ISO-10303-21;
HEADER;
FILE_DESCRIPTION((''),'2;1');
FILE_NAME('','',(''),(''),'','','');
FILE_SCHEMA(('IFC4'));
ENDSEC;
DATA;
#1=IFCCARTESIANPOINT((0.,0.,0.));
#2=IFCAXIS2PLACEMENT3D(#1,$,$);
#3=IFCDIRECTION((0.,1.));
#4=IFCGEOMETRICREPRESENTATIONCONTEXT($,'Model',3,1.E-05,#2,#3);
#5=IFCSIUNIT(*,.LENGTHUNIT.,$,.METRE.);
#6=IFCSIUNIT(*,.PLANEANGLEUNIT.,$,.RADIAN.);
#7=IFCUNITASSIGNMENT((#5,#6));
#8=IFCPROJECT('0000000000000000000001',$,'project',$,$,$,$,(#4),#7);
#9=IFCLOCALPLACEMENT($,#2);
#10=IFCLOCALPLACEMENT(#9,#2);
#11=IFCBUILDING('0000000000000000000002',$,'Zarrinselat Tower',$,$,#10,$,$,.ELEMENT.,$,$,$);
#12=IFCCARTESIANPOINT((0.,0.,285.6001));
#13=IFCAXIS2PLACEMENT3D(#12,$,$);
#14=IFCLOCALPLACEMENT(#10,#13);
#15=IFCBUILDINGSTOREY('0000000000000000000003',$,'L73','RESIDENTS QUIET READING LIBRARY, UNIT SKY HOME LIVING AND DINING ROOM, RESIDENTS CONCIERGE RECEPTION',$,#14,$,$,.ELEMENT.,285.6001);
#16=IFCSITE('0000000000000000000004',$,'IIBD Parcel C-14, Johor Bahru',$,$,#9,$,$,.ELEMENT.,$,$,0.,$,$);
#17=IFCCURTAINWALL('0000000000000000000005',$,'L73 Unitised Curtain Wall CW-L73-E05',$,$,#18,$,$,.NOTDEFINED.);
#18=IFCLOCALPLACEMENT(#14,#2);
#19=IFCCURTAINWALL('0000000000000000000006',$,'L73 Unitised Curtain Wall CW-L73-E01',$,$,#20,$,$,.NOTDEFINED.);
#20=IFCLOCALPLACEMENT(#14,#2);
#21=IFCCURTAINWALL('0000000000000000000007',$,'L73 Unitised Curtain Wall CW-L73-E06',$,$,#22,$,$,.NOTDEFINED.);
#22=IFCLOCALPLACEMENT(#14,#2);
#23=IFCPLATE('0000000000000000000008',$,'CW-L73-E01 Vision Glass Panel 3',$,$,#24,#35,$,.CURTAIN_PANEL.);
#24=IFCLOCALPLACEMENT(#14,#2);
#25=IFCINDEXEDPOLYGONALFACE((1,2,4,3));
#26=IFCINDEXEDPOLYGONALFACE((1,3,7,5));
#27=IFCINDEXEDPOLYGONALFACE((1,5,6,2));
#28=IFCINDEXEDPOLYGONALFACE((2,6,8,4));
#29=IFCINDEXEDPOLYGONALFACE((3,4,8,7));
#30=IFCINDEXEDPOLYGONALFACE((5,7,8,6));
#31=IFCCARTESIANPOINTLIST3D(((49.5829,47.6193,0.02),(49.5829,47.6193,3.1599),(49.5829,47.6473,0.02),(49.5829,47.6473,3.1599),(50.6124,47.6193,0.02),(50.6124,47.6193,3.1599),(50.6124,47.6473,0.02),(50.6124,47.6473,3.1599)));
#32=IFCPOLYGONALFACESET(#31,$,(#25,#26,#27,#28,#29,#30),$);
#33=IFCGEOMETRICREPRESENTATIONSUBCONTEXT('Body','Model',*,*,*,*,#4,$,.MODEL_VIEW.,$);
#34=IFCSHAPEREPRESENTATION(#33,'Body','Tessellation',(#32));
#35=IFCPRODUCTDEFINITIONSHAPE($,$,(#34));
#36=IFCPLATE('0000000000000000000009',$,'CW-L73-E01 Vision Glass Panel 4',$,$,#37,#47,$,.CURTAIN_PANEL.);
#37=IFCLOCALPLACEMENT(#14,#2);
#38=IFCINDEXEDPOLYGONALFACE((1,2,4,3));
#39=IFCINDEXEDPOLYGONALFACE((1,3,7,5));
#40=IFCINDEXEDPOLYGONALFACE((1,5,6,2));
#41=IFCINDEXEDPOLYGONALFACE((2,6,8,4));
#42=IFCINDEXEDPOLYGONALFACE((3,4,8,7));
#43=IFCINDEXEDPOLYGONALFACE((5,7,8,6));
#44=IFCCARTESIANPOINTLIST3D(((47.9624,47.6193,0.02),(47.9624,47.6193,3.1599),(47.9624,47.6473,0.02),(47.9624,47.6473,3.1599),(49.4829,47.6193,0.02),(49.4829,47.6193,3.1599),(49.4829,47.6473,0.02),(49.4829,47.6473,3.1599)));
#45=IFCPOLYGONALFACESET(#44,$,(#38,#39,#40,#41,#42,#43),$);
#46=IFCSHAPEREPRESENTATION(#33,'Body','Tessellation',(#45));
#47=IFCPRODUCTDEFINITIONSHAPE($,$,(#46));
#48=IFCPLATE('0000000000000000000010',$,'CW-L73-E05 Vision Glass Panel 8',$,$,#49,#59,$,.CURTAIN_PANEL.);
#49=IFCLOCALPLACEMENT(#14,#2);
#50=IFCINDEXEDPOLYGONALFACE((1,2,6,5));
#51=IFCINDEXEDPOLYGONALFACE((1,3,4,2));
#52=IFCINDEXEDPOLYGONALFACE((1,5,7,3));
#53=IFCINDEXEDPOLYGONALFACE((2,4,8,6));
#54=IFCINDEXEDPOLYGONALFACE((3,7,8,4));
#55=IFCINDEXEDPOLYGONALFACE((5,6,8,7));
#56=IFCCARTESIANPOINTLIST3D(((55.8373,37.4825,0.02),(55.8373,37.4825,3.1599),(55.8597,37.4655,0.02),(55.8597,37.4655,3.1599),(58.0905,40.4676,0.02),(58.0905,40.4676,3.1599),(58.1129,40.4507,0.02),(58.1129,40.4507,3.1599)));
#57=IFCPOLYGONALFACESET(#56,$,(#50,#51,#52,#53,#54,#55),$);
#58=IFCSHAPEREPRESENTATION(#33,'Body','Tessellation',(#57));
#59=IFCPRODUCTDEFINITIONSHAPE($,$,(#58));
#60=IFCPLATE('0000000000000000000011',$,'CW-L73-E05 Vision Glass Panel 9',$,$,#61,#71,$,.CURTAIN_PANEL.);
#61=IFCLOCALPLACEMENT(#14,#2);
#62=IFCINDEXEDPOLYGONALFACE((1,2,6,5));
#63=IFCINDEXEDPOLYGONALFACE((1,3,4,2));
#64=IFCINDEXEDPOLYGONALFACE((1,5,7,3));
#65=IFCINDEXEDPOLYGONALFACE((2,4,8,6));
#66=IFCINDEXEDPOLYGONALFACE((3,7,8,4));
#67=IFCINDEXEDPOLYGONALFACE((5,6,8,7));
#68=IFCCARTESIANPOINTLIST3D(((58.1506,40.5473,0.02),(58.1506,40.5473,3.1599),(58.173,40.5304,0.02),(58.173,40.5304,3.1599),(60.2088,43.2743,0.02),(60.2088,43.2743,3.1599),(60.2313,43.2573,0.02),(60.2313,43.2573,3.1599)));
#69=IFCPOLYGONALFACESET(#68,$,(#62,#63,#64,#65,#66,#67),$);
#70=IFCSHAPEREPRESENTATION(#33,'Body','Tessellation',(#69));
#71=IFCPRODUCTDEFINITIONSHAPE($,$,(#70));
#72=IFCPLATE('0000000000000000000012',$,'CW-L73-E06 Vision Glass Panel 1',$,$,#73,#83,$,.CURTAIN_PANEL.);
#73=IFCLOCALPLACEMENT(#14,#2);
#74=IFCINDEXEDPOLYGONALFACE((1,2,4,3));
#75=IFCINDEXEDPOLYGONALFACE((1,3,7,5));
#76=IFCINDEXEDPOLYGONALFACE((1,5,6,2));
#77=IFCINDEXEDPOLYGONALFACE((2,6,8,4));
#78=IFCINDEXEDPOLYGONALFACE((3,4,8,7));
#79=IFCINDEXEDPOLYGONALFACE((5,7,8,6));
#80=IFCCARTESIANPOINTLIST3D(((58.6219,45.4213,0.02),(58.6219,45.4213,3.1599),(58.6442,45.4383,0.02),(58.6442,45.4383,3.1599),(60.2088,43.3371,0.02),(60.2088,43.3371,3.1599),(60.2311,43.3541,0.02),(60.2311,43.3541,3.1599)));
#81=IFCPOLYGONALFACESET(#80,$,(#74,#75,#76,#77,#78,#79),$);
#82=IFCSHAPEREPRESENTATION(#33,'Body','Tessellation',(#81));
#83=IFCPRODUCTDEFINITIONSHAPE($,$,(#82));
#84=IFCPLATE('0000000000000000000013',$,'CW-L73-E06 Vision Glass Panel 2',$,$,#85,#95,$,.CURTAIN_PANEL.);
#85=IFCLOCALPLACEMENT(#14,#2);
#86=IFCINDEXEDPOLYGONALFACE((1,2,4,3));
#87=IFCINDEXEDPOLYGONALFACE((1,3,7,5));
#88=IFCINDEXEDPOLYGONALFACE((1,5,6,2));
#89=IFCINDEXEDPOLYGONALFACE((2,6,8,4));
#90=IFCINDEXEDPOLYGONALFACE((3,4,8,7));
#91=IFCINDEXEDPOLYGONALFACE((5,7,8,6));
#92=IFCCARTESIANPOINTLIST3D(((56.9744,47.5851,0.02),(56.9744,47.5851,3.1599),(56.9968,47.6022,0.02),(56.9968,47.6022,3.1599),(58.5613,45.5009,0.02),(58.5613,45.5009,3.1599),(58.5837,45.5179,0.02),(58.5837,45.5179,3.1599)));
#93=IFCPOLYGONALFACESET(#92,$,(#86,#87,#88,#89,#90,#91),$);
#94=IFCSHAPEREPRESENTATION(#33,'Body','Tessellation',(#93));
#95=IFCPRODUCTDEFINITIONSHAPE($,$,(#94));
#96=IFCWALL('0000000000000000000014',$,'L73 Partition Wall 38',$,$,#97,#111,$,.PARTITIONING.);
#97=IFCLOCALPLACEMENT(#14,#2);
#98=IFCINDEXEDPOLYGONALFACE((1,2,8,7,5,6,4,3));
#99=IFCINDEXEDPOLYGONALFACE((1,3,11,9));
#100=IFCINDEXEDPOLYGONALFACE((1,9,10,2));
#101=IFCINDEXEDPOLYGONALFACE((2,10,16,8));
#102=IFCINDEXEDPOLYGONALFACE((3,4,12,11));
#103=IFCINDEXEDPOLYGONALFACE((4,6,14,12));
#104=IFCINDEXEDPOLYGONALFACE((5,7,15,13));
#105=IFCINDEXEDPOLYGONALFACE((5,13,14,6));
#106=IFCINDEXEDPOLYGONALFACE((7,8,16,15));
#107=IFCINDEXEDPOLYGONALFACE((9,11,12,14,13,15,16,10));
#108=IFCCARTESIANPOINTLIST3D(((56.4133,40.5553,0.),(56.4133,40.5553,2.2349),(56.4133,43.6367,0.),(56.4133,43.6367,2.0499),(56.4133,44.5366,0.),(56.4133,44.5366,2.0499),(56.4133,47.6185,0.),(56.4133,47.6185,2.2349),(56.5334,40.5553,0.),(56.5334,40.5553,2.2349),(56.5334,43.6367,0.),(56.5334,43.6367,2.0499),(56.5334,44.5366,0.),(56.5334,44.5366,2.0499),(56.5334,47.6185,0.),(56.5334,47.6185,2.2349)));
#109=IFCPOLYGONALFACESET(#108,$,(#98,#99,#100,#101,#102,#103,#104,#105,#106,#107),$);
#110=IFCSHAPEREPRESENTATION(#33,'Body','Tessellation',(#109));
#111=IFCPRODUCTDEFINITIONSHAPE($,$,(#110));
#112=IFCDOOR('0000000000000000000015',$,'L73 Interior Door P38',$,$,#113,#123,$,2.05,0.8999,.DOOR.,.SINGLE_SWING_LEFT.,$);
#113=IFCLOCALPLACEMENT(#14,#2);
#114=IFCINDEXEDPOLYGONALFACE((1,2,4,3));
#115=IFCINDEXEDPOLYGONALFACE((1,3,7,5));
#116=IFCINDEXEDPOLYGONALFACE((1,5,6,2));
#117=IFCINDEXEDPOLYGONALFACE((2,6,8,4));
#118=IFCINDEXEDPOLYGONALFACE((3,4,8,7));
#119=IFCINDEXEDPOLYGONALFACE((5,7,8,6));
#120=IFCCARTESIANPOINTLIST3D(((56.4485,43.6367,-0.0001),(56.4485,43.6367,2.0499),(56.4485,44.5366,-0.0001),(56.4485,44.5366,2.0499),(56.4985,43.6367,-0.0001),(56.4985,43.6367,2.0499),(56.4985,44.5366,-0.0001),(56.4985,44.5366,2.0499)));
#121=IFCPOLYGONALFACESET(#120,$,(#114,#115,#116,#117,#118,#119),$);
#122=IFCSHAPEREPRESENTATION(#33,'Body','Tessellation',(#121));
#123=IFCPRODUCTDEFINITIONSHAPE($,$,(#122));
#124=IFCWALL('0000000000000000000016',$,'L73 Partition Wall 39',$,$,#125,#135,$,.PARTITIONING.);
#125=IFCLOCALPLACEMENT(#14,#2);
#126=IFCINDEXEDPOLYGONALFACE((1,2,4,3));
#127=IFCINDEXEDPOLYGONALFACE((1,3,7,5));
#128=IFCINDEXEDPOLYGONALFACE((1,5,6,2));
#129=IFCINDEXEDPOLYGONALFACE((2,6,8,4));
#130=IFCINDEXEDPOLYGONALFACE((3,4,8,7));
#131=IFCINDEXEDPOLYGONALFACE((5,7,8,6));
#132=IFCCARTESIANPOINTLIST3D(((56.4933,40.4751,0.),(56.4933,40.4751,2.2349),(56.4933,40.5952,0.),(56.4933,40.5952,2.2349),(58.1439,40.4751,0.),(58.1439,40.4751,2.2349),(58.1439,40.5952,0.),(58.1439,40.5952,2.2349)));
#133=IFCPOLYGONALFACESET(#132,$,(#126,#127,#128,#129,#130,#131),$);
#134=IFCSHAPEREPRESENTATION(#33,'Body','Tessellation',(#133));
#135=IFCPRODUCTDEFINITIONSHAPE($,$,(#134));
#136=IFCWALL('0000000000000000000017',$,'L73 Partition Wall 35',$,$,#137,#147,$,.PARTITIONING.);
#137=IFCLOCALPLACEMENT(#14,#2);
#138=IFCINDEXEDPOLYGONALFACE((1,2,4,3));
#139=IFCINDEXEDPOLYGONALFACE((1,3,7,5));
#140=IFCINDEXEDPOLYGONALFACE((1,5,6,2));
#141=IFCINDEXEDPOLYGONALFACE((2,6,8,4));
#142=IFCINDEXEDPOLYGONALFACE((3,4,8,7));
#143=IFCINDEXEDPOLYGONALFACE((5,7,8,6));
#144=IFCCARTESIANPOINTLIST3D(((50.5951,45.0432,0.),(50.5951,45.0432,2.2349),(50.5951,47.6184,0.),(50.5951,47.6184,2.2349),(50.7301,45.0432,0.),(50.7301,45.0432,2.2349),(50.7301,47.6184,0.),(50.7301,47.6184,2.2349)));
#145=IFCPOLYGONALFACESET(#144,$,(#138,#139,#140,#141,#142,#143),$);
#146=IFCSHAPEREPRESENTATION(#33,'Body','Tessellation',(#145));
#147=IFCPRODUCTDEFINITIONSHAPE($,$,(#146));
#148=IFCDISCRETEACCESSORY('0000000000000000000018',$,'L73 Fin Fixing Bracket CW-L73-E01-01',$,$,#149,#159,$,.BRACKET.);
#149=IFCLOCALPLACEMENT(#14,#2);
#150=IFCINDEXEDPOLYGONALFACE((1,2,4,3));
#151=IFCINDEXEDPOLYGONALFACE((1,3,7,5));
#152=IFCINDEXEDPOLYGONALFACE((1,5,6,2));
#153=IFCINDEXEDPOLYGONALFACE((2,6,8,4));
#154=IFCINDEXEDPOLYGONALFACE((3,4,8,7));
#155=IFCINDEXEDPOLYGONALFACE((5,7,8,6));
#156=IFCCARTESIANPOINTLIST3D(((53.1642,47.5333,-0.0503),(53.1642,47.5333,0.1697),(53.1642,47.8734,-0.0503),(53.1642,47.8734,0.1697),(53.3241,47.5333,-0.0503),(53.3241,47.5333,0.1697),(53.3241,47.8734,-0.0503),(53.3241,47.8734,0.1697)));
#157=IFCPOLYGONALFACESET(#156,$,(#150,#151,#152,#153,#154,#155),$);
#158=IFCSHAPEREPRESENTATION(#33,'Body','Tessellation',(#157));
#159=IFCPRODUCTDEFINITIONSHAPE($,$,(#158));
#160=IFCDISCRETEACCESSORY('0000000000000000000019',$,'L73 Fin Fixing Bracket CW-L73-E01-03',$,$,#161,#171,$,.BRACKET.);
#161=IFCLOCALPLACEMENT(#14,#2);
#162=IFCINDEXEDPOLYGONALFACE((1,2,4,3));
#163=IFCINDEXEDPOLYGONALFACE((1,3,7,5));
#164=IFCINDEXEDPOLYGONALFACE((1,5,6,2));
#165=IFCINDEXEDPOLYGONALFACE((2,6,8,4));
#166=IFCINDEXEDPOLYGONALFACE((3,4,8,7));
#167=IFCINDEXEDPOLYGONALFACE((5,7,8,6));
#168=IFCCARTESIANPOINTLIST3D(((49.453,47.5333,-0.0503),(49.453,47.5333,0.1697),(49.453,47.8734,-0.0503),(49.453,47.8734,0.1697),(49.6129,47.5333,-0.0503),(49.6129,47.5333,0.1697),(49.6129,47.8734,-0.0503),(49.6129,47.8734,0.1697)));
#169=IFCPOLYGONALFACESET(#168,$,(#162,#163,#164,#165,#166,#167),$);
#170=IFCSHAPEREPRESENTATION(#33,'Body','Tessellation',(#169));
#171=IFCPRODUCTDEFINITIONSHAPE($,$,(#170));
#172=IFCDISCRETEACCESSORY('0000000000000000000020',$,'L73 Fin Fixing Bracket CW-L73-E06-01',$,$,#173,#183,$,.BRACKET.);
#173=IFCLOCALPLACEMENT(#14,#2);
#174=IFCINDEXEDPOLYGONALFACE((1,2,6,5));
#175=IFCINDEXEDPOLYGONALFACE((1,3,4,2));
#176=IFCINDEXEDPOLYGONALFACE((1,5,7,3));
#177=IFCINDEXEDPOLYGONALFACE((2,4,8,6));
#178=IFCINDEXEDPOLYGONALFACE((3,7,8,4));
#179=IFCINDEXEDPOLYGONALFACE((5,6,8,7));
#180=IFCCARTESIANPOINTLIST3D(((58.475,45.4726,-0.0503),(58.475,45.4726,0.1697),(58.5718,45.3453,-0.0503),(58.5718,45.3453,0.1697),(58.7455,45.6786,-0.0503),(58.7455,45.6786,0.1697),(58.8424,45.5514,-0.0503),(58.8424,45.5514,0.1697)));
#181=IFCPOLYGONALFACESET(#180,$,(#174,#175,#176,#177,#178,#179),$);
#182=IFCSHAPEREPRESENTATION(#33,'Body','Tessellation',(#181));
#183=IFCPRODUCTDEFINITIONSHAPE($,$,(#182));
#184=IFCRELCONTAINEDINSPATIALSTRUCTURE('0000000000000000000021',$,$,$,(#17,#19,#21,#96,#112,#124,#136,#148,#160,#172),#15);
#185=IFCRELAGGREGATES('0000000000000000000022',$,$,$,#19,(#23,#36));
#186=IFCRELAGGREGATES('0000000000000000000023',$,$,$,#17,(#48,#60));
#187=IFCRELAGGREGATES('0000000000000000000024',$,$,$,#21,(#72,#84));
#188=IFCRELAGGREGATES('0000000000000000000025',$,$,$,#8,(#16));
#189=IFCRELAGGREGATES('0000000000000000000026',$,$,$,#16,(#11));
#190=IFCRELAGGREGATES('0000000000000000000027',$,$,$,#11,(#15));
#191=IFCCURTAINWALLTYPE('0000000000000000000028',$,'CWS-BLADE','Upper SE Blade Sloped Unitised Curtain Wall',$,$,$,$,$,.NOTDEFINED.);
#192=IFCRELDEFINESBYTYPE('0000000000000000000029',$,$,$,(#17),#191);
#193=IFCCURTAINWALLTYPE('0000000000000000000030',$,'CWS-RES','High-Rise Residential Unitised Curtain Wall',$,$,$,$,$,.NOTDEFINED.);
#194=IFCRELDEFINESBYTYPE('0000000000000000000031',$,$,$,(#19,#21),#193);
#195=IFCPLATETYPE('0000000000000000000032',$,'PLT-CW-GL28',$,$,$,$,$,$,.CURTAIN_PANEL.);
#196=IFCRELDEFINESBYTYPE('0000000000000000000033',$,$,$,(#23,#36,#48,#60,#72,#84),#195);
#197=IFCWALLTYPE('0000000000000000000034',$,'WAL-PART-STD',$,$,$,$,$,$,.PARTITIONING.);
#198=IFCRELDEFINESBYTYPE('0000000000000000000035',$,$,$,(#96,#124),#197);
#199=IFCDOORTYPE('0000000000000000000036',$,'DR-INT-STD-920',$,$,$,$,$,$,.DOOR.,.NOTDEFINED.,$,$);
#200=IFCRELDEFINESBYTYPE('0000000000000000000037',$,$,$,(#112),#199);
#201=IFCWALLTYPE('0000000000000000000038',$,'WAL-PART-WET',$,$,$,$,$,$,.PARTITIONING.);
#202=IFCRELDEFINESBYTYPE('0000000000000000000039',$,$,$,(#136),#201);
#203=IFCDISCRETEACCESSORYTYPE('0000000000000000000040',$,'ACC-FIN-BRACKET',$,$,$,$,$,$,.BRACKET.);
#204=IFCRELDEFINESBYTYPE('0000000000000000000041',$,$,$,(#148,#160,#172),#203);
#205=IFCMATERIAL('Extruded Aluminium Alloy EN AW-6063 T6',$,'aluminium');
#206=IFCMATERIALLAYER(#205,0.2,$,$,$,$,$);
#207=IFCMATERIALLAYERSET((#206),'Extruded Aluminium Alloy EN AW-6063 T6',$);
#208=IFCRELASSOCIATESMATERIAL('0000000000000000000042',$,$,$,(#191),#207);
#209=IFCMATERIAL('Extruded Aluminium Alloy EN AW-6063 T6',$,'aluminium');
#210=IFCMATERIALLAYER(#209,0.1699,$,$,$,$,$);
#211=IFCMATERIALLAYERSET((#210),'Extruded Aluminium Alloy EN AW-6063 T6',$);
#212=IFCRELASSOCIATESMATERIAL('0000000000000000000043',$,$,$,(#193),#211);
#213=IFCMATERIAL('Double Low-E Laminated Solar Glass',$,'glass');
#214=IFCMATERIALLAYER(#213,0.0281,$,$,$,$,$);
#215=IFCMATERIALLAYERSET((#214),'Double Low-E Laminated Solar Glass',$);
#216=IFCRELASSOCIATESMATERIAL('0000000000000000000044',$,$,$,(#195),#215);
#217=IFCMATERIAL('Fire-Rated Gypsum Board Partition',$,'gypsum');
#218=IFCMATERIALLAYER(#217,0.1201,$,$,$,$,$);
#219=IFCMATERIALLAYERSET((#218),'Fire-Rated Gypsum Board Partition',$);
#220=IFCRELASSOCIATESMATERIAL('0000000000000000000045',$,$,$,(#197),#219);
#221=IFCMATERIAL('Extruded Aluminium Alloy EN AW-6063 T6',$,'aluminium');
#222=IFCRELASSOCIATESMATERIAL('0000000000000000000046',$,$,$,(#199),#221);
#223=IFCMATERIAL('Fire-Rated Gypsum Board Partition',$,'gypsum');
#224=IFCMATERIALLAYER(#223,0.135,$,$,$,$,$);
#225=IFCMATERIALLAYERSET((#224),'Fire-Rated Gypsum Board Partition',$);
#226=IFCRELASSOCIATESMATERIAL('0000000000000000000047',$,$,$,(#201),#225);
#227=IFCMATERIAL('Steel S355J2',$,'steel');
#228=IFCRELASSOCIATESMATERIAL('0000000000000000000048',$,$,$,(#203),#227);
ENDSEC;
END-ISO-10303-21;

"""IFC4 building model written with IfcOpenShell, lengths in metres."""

from ifc_helpers import new_model, si_unit, direction, frame, frame_2d, origin, origin_2d, place, context, subcontext, project, spatial, rectangle, extrude, material, layer, layer_set, type_object, element, fill, aggregate, save


model = new_model("IFC4")

# Units and contexts
model_context = context("Model", 3, precision=1e-05, world=origin(), true_north=direction((0.0, 1.0)))
body_context = subcontext(model_context, "Body", "Model", "MODEL_VIEW")
ifc_project = project(units=[si_unit("LENGTHUNIT", "METRE"), si_unit("PLANEANGLEUNIT", "RADIAN")], contexts=[model_context])

# Site, building, storey
site_placement = place(None, origin())
site = spatial("IfcSite", under=ifc_project, at=site_placement, Name="IIBD Parcel C-14, Johor Bahru", CompositionType="ELEMENT", RefElevation=0.0)
building_placement = place(site_placement, origin())
building = spatial("IfcBuilding", under=site, at=building_placement, Name="Zarrinselat Tower", CompositionType="ELEMENT")
storey_placement = place(building_placement, frame((0.0, 0.0, 285.6001)))
storey = spatial("IfcBuildingStorey", under=building, at=storey_placement, Name="L73", Description="RESIDENTS QUIET READING LIBRARY, UNIT SKY HOME LIVING AND DINING ROOM, RESIDENTS CONCIERGE RECEPTION", CompositionType="ELEMENT", Elevation=285.6001)

# Curtain walls
ifc_material_1 = material(Name="Extruded Aluminium Alloy EN AW-6063 T6", Category="aluminium")
ifc_layer_1 = layer(ifc_material_1, 0.2)
ifc_layer_set_1 = layer_set([ifc_layer_1], Name="Extruded Aluminium Alloy EN AW-6063 T6")
curtain_wall_type_1 = type_object("IfcCurtainWallType", Name="CWS-BLADE", Description="Upper SE Blade Sloped Unitised Curtain Wall", PredefinedType="NOTDEFINED", material=ifc_layer_set_1)
curtain_wall_1_placement = place(storey_placement, origin())
curtain_wall_1 = element("IfcCurtainWall", 1, at=curtain_wall_1_placement, inside=storey, type_object=curtain_wall_type_1, Name="L73 Unitised Curtain Wall CW-L73-E05", PredefinedType="NOTDEFINED")
ifc_material_2 = material(Name="Extruded Aluminium Alloy EN AW-6063 T6", Category="aluminium")
ifc_layer_2 = layer(ifc_material_2, 0.1699)
ifc_layer_set_2 = layer_set([ifc_layer_2], Name="Extruded Aluminium Alloy EN AW-6063 T6")
curtain_wall_type_2 = type_object("IfcCurtainWallType", Name="CWS-RES", Description="High-Rise Residential Unitised Curtain Wall", PredefinedType="NOTDEFINED", material=ifc_layer_set_2)
curtain_wall_2_placement = place(storey_placement, origin())
curtain_wall_2 = element("IfcCurtainWall", 2, at=curtain_wall_2_placement, inside=storey, type_object=curtain_wall_type_2, Name="L73 Unitised Curtain Wall CW-L73-E01", PredefinedType="NOTDEFINED")

# Curtain wall
curtain_wall_3_placement = place(storey_placement, origin())
curtain_wall_3 = element("IfcCurtainWall", 3, at=curtain_wall_3_placement, inside=storey, type_object=curtain_wall_type_2, Name="L73 Unitised Curtain Wall CW-L73-E06", PredefinedType="NOTDEFINED")

# Plates
ifc_material_3 = material(Name="Double Low-E Laminated Solar Glass", Category="glass")
ifc_layer_3 = layer(ifc_material_3, 0.0281)
ifc_layer_set_3 = layer_set([ifc_layer_3], Name="Double Low-E Laminated Solar Glass")
plate_type = type_object("IfcPlateType", Name="PLT-CW-GL28", PredefinedType="CURTAIN_PANEL", material=ifc_layer_set_3)
plate_1_placement = place(storey_placement, frame((50.0977, 47.6333, 0.02), z_axis=(0.0, 0.0, 1.0), x_axis=(-1.0, 0.0, 0.0)))
plate_1 = element("IfcPlate", 4, at=plate_1_placement, type_object=plate_type, Name="CW-L73-E01 Vision Glass Panel 3", PredefinedType="CURTAIN_PANEL", context=body_context, shape_type="SweptSolid", body=[
    extrude(rectangle(XDim=1.0295, YDim=0.0281, at=origin_2d()), origin(), (0.0, 0.0, 1.0), 3.1399),
])
plate_2_placement = place(storey_placement, frame((48.7227, 47.6333, 0.02), z_axis=(0.0, 0.0, 1.0), x_axis=(-1.0, 0.0, 0.0)))
plate_2 = element("IfcPlate", 5, at=plate_2_placement, type_object=plate_type, Name="CW-L73-E01 Vision Glass Panel 4", PredefinedType="CURTAIN_PANEL", context=body_context, shape_type="SweptSolid", body=[
    extrude(rectangle(XDim=1.5205, YDim=0.0281, at=origin_2d()), origin(), (0.0, 0.0, 1.0), 3.1399),
])
aggregate(curtain_wall_2, [plate_1, plate_2])
plate_3_placement = place(storey_placement, frame((56.9751, 38.9666, 0.02), z_axis=(0.0, 0.0, 1.0), x_axis=(0.602445, 0.79816, 0.0)))
plate_3 = element("IfcPlate", 6, at=plate_3_placement, type_object=plate_type, Name="CW-L73-E05 Vision Glass Panel 8", PredefinedType="CURTAIN_PANEL", context=body_context, shape_type="SweptSolid", body=[
    extrude(rectangle(XDim=3.74, YDim=0.0281, at=origin_2d()), origin(), (0.0, 0.0, 1.0), 3.1399),
])
plate_4_placement = place(storey_placement, frame((59.1909, 41.9023, 0.02), z_axis=(0.0, 0.0, 1.0), x_axis=(0.602445, 0.79816, 0.0)))
plate_4 = element("IfcPlate", 7, at=plate_4_placement, type_object=plate_type, Name="CW-L73-E05 Vision Glass Panel 9", PredefinedType="CURTAIN_PANEL", context=body_context, shape_type="SweptSolid", body=[
    extrude(rectangle(XDim=3.4165, YDim=0.0281, at=origin_2d()), origin(), (0.0, 0.0, 1.0), 3.1399),
])
aggregate(curtain_wall_1, [plate_3, plate_4])
plate_5_placement = place(storey_placement, frame((59.4265, 44.3877, 0.02), z_axis=(0.0, 0.0, 1.0), x_axis=(-0.605773, 0.795637, 0.0)))
plate_5 = element("IfcPlate", 8, at=plate_5_placement, type_object=plate_type, Name="CW-L73-E06 Vision Glass Panel 1", PredefinedType="CURTAIN_PANEL", context=body_context, shape_type="SweptSolid", body=[
    extrude(rectangle(XDim=2.6196, YDim=0.0281, at=origin_2d()), origin(), (0.0, 0.0, 1.0), 3.1399),
])
plate_6_placement = place(storey_placement, frame((57.7791, 46.5515, 0.02), z_axis=(0.0, 0.0, 1.0), x_axis=(-0.605773, 0.795637, 0.0)))
plate_6 = element("IfcPlate", 9, at=plate_6_placement, type_object=plate_type, Name="CW-L73-E06 Vision Glass Panel 2", PredefinedType="CURTAIN_PANEL", context=body_context, shape_type="SweptSolid", body=[
    extrude(rectangle(XDim=2.6196, YDim=0.0281, at=origin_2d()), origin(), (0.0, 0.0, 1.0), 3.1399),
])
aggregate(curtain_wall_3, [plate_5, plate_6])

# Wall, opening, door
ifc_material_4 = material(Name="Fire-Rated Gypsum Board Partition", Category="gypsum")
ifc_layer_4 = layer(ifc_material_4, 0.1201)
ifc_layer_set_4 = layer_set([ifc_layer_4], Name="Fire-Rated Gypsum Board Partition")
wall_type_1 = type_object("IfcWallType", Name="WAL-PART-STD", PredefinedType="PARTITIONING", material=ifc_layer_set_4)
wall_1_placement = place(storey_placement, frame((56.4734, 40.5552, 0.0), z_axis=(0.0, 0.0, 1.0), x_axis=(0.0, 1.0, 0.0)))
wall_1 = element("IfcWall", 10, at=wall_1_placement, inside=storey, type_object=wall_type_1, Name="L73 Partition Wall 38", PredefinedType="PARTITIONING", context=body_context, shape_type="SweptSolid", body=[
    extrude(rectangle(XDim=7.0632, YDim=0.1201, at=frame_2d((3.5317, 0.0))), origin(), (0.0, 0.0, 1.0), 2.2349),
])
opening_placement = place(wall_1_placement, frame((3.0815, 0.0, 0.0)))
opening = element("IfcOpeningElement", 11, at=opening_placement, cuts=wall_1, PredefinedType="OPENING", context=body_context, shape_type="SweptSolid", body=[
    extrude(rectangle(XDim=0.8999, YDim=2.05, at=frame_2d((0.45, 1.0249))), frame((0.0, 0.0701, 0.0), z_axis=(0.0, -1.0, 0.0), x_axis=(1.0, 0.0, 0.0)), (0.0, 0.0, 1.0), 0.1401),
])
ifc_material_5 = material(Name="Extruded Aluminium Alloy EN AW-6063 T6", Category="aluminium")
door_type = type_object("IfcDoorType", Name="DR-INT-STD-920", OperationType="NOTDEFINED", PredefinedType="DOOR", material=ifc_material_5)
door_placement = place(opening_placement, origin())
door = element("IfcDoor", 12, at=door_placement, inside=storey, type_object=door_type, Name="L73 Interior Door P38", OperationType="SINGLE_SWING_LEFT", OverallHeight=2.05, OverallWidth=0.8999, PredefinedType="DOOR", context=body_context, shape_type="SweptSolid", body=[
    extrude(rectangle(XDim=0.8999, YDim=2.05, at=frame_2d((0.45, 1.0249))), frame((0.0, 0.0249, 0.0), z_axis=(0.0, -1.0, 0.0), x_axis=(1.0, 0.0, 0.0)), (0.0, 0.0, 1.0), 0.05),
])
fill(opening, door)

# Walls
wall_2_placement = place(storey_placement, frame((56.4934, 40.5352, 0.0), z_axis=(0.0, 0.0, 1.0), x_axis=(1.0, 0.0, 0.0)))
element("IfcWall", 13, at=wall_2_placement, inside=storey, type_object=wall_type_1, Name="L73 Partition Wall 39", PredefinedType="PARTITIONING", context=body_context, shape_type="SweptSolid", body=[
    extrude(rectangle(XDim=1.6506, YDim=0.1201, at=frame_2d((0.8252, 0.0))), origin(), (0.0, 0.0, 1.0), 2.2349),
])
ifc_material_6 = material(Name="Fire-Rated Gypsum Board Partition", Category="gypsum")
ifc_layer_5 = layer(ifc_material_6, 0.135)
ifc_layer_set_5 = layer_set([ifc_layer_5], Name="Fire-Rated Gypsum Board Partition")
wall_type_2 = type_object("IfcWallType", Name="WAL-PART-WET", PredefinedType="PARTITIONING", material=ifc_layer_set_5)
wall_3_placement = place(storey_placement, frame((50.6626, 45.0432, 0.0), z_axis=(0.0, 0.0, 1.0), x_axis=(0.0, 1.0, 0.0)))
element("IfcWall", 14, at=wall_3_placement, inside=storey, type_object=wall_type_2, Name="L73 Partition Wall 35", PredefinedType="PARTITIONING", context=body_context, shape_type="SweptSolid", body=[
    extrude(rectangle(XDim=2.5752, YDim=0.135, at=frame_2d((1.2876, 0.0))), origin(), (0.0, 0.0, 1.0), 2.2349),
])

# Discrete accessories
ifc_material_7 = material(Name="Steel S355J2", Category="steel")
discrete_accessory_type = type_object("IfcDiscreteAccessoryType", Name="ACC-FIN-BRACKET", PredefinedType="BRACKET", material=ifc_material_7)
for number, where, z_axis, x_axis, name in (
    (15, (53.2441, 47.7034, -0.0503), (0.0, 0.0, 1.0), (0.0, 1.0, 0.0), "L73 Fin Fixing Bracket CW-L73-E01-01"),
    (16, (49.533, 47.7034, -0.0503), (0.0, 0.0, 1.0), (0.0, 1.0, 0.0), "L73 Fin Fixing Bracket CW-L73-E01-03"),
    (17, (58.6587, 45.512, -0.0503), (0.0, 0.0, 1.0), (0.795637, 0.605773, 0.0), "L73 Fin Fixing Bracket CW-L73-E06-01"),
):
    element("IfcDiscreteAccessory", number, at=place(storey_placement, frame(where, z_axis=z_axis, x_axis=x_axis)), inside=storey, type_object=discrete_accessory_type, Name=name, PredefinedType="BRACKET", context=body_context, shape_type="SweptSolid", body=[
        extrude(rectangle(XDim=0.3401, YDim=0.1599, at=origin_2d()), origin(), (0.0, 0.0, 1.0), 0.22),
    ])

save(model, "model.ifc")
